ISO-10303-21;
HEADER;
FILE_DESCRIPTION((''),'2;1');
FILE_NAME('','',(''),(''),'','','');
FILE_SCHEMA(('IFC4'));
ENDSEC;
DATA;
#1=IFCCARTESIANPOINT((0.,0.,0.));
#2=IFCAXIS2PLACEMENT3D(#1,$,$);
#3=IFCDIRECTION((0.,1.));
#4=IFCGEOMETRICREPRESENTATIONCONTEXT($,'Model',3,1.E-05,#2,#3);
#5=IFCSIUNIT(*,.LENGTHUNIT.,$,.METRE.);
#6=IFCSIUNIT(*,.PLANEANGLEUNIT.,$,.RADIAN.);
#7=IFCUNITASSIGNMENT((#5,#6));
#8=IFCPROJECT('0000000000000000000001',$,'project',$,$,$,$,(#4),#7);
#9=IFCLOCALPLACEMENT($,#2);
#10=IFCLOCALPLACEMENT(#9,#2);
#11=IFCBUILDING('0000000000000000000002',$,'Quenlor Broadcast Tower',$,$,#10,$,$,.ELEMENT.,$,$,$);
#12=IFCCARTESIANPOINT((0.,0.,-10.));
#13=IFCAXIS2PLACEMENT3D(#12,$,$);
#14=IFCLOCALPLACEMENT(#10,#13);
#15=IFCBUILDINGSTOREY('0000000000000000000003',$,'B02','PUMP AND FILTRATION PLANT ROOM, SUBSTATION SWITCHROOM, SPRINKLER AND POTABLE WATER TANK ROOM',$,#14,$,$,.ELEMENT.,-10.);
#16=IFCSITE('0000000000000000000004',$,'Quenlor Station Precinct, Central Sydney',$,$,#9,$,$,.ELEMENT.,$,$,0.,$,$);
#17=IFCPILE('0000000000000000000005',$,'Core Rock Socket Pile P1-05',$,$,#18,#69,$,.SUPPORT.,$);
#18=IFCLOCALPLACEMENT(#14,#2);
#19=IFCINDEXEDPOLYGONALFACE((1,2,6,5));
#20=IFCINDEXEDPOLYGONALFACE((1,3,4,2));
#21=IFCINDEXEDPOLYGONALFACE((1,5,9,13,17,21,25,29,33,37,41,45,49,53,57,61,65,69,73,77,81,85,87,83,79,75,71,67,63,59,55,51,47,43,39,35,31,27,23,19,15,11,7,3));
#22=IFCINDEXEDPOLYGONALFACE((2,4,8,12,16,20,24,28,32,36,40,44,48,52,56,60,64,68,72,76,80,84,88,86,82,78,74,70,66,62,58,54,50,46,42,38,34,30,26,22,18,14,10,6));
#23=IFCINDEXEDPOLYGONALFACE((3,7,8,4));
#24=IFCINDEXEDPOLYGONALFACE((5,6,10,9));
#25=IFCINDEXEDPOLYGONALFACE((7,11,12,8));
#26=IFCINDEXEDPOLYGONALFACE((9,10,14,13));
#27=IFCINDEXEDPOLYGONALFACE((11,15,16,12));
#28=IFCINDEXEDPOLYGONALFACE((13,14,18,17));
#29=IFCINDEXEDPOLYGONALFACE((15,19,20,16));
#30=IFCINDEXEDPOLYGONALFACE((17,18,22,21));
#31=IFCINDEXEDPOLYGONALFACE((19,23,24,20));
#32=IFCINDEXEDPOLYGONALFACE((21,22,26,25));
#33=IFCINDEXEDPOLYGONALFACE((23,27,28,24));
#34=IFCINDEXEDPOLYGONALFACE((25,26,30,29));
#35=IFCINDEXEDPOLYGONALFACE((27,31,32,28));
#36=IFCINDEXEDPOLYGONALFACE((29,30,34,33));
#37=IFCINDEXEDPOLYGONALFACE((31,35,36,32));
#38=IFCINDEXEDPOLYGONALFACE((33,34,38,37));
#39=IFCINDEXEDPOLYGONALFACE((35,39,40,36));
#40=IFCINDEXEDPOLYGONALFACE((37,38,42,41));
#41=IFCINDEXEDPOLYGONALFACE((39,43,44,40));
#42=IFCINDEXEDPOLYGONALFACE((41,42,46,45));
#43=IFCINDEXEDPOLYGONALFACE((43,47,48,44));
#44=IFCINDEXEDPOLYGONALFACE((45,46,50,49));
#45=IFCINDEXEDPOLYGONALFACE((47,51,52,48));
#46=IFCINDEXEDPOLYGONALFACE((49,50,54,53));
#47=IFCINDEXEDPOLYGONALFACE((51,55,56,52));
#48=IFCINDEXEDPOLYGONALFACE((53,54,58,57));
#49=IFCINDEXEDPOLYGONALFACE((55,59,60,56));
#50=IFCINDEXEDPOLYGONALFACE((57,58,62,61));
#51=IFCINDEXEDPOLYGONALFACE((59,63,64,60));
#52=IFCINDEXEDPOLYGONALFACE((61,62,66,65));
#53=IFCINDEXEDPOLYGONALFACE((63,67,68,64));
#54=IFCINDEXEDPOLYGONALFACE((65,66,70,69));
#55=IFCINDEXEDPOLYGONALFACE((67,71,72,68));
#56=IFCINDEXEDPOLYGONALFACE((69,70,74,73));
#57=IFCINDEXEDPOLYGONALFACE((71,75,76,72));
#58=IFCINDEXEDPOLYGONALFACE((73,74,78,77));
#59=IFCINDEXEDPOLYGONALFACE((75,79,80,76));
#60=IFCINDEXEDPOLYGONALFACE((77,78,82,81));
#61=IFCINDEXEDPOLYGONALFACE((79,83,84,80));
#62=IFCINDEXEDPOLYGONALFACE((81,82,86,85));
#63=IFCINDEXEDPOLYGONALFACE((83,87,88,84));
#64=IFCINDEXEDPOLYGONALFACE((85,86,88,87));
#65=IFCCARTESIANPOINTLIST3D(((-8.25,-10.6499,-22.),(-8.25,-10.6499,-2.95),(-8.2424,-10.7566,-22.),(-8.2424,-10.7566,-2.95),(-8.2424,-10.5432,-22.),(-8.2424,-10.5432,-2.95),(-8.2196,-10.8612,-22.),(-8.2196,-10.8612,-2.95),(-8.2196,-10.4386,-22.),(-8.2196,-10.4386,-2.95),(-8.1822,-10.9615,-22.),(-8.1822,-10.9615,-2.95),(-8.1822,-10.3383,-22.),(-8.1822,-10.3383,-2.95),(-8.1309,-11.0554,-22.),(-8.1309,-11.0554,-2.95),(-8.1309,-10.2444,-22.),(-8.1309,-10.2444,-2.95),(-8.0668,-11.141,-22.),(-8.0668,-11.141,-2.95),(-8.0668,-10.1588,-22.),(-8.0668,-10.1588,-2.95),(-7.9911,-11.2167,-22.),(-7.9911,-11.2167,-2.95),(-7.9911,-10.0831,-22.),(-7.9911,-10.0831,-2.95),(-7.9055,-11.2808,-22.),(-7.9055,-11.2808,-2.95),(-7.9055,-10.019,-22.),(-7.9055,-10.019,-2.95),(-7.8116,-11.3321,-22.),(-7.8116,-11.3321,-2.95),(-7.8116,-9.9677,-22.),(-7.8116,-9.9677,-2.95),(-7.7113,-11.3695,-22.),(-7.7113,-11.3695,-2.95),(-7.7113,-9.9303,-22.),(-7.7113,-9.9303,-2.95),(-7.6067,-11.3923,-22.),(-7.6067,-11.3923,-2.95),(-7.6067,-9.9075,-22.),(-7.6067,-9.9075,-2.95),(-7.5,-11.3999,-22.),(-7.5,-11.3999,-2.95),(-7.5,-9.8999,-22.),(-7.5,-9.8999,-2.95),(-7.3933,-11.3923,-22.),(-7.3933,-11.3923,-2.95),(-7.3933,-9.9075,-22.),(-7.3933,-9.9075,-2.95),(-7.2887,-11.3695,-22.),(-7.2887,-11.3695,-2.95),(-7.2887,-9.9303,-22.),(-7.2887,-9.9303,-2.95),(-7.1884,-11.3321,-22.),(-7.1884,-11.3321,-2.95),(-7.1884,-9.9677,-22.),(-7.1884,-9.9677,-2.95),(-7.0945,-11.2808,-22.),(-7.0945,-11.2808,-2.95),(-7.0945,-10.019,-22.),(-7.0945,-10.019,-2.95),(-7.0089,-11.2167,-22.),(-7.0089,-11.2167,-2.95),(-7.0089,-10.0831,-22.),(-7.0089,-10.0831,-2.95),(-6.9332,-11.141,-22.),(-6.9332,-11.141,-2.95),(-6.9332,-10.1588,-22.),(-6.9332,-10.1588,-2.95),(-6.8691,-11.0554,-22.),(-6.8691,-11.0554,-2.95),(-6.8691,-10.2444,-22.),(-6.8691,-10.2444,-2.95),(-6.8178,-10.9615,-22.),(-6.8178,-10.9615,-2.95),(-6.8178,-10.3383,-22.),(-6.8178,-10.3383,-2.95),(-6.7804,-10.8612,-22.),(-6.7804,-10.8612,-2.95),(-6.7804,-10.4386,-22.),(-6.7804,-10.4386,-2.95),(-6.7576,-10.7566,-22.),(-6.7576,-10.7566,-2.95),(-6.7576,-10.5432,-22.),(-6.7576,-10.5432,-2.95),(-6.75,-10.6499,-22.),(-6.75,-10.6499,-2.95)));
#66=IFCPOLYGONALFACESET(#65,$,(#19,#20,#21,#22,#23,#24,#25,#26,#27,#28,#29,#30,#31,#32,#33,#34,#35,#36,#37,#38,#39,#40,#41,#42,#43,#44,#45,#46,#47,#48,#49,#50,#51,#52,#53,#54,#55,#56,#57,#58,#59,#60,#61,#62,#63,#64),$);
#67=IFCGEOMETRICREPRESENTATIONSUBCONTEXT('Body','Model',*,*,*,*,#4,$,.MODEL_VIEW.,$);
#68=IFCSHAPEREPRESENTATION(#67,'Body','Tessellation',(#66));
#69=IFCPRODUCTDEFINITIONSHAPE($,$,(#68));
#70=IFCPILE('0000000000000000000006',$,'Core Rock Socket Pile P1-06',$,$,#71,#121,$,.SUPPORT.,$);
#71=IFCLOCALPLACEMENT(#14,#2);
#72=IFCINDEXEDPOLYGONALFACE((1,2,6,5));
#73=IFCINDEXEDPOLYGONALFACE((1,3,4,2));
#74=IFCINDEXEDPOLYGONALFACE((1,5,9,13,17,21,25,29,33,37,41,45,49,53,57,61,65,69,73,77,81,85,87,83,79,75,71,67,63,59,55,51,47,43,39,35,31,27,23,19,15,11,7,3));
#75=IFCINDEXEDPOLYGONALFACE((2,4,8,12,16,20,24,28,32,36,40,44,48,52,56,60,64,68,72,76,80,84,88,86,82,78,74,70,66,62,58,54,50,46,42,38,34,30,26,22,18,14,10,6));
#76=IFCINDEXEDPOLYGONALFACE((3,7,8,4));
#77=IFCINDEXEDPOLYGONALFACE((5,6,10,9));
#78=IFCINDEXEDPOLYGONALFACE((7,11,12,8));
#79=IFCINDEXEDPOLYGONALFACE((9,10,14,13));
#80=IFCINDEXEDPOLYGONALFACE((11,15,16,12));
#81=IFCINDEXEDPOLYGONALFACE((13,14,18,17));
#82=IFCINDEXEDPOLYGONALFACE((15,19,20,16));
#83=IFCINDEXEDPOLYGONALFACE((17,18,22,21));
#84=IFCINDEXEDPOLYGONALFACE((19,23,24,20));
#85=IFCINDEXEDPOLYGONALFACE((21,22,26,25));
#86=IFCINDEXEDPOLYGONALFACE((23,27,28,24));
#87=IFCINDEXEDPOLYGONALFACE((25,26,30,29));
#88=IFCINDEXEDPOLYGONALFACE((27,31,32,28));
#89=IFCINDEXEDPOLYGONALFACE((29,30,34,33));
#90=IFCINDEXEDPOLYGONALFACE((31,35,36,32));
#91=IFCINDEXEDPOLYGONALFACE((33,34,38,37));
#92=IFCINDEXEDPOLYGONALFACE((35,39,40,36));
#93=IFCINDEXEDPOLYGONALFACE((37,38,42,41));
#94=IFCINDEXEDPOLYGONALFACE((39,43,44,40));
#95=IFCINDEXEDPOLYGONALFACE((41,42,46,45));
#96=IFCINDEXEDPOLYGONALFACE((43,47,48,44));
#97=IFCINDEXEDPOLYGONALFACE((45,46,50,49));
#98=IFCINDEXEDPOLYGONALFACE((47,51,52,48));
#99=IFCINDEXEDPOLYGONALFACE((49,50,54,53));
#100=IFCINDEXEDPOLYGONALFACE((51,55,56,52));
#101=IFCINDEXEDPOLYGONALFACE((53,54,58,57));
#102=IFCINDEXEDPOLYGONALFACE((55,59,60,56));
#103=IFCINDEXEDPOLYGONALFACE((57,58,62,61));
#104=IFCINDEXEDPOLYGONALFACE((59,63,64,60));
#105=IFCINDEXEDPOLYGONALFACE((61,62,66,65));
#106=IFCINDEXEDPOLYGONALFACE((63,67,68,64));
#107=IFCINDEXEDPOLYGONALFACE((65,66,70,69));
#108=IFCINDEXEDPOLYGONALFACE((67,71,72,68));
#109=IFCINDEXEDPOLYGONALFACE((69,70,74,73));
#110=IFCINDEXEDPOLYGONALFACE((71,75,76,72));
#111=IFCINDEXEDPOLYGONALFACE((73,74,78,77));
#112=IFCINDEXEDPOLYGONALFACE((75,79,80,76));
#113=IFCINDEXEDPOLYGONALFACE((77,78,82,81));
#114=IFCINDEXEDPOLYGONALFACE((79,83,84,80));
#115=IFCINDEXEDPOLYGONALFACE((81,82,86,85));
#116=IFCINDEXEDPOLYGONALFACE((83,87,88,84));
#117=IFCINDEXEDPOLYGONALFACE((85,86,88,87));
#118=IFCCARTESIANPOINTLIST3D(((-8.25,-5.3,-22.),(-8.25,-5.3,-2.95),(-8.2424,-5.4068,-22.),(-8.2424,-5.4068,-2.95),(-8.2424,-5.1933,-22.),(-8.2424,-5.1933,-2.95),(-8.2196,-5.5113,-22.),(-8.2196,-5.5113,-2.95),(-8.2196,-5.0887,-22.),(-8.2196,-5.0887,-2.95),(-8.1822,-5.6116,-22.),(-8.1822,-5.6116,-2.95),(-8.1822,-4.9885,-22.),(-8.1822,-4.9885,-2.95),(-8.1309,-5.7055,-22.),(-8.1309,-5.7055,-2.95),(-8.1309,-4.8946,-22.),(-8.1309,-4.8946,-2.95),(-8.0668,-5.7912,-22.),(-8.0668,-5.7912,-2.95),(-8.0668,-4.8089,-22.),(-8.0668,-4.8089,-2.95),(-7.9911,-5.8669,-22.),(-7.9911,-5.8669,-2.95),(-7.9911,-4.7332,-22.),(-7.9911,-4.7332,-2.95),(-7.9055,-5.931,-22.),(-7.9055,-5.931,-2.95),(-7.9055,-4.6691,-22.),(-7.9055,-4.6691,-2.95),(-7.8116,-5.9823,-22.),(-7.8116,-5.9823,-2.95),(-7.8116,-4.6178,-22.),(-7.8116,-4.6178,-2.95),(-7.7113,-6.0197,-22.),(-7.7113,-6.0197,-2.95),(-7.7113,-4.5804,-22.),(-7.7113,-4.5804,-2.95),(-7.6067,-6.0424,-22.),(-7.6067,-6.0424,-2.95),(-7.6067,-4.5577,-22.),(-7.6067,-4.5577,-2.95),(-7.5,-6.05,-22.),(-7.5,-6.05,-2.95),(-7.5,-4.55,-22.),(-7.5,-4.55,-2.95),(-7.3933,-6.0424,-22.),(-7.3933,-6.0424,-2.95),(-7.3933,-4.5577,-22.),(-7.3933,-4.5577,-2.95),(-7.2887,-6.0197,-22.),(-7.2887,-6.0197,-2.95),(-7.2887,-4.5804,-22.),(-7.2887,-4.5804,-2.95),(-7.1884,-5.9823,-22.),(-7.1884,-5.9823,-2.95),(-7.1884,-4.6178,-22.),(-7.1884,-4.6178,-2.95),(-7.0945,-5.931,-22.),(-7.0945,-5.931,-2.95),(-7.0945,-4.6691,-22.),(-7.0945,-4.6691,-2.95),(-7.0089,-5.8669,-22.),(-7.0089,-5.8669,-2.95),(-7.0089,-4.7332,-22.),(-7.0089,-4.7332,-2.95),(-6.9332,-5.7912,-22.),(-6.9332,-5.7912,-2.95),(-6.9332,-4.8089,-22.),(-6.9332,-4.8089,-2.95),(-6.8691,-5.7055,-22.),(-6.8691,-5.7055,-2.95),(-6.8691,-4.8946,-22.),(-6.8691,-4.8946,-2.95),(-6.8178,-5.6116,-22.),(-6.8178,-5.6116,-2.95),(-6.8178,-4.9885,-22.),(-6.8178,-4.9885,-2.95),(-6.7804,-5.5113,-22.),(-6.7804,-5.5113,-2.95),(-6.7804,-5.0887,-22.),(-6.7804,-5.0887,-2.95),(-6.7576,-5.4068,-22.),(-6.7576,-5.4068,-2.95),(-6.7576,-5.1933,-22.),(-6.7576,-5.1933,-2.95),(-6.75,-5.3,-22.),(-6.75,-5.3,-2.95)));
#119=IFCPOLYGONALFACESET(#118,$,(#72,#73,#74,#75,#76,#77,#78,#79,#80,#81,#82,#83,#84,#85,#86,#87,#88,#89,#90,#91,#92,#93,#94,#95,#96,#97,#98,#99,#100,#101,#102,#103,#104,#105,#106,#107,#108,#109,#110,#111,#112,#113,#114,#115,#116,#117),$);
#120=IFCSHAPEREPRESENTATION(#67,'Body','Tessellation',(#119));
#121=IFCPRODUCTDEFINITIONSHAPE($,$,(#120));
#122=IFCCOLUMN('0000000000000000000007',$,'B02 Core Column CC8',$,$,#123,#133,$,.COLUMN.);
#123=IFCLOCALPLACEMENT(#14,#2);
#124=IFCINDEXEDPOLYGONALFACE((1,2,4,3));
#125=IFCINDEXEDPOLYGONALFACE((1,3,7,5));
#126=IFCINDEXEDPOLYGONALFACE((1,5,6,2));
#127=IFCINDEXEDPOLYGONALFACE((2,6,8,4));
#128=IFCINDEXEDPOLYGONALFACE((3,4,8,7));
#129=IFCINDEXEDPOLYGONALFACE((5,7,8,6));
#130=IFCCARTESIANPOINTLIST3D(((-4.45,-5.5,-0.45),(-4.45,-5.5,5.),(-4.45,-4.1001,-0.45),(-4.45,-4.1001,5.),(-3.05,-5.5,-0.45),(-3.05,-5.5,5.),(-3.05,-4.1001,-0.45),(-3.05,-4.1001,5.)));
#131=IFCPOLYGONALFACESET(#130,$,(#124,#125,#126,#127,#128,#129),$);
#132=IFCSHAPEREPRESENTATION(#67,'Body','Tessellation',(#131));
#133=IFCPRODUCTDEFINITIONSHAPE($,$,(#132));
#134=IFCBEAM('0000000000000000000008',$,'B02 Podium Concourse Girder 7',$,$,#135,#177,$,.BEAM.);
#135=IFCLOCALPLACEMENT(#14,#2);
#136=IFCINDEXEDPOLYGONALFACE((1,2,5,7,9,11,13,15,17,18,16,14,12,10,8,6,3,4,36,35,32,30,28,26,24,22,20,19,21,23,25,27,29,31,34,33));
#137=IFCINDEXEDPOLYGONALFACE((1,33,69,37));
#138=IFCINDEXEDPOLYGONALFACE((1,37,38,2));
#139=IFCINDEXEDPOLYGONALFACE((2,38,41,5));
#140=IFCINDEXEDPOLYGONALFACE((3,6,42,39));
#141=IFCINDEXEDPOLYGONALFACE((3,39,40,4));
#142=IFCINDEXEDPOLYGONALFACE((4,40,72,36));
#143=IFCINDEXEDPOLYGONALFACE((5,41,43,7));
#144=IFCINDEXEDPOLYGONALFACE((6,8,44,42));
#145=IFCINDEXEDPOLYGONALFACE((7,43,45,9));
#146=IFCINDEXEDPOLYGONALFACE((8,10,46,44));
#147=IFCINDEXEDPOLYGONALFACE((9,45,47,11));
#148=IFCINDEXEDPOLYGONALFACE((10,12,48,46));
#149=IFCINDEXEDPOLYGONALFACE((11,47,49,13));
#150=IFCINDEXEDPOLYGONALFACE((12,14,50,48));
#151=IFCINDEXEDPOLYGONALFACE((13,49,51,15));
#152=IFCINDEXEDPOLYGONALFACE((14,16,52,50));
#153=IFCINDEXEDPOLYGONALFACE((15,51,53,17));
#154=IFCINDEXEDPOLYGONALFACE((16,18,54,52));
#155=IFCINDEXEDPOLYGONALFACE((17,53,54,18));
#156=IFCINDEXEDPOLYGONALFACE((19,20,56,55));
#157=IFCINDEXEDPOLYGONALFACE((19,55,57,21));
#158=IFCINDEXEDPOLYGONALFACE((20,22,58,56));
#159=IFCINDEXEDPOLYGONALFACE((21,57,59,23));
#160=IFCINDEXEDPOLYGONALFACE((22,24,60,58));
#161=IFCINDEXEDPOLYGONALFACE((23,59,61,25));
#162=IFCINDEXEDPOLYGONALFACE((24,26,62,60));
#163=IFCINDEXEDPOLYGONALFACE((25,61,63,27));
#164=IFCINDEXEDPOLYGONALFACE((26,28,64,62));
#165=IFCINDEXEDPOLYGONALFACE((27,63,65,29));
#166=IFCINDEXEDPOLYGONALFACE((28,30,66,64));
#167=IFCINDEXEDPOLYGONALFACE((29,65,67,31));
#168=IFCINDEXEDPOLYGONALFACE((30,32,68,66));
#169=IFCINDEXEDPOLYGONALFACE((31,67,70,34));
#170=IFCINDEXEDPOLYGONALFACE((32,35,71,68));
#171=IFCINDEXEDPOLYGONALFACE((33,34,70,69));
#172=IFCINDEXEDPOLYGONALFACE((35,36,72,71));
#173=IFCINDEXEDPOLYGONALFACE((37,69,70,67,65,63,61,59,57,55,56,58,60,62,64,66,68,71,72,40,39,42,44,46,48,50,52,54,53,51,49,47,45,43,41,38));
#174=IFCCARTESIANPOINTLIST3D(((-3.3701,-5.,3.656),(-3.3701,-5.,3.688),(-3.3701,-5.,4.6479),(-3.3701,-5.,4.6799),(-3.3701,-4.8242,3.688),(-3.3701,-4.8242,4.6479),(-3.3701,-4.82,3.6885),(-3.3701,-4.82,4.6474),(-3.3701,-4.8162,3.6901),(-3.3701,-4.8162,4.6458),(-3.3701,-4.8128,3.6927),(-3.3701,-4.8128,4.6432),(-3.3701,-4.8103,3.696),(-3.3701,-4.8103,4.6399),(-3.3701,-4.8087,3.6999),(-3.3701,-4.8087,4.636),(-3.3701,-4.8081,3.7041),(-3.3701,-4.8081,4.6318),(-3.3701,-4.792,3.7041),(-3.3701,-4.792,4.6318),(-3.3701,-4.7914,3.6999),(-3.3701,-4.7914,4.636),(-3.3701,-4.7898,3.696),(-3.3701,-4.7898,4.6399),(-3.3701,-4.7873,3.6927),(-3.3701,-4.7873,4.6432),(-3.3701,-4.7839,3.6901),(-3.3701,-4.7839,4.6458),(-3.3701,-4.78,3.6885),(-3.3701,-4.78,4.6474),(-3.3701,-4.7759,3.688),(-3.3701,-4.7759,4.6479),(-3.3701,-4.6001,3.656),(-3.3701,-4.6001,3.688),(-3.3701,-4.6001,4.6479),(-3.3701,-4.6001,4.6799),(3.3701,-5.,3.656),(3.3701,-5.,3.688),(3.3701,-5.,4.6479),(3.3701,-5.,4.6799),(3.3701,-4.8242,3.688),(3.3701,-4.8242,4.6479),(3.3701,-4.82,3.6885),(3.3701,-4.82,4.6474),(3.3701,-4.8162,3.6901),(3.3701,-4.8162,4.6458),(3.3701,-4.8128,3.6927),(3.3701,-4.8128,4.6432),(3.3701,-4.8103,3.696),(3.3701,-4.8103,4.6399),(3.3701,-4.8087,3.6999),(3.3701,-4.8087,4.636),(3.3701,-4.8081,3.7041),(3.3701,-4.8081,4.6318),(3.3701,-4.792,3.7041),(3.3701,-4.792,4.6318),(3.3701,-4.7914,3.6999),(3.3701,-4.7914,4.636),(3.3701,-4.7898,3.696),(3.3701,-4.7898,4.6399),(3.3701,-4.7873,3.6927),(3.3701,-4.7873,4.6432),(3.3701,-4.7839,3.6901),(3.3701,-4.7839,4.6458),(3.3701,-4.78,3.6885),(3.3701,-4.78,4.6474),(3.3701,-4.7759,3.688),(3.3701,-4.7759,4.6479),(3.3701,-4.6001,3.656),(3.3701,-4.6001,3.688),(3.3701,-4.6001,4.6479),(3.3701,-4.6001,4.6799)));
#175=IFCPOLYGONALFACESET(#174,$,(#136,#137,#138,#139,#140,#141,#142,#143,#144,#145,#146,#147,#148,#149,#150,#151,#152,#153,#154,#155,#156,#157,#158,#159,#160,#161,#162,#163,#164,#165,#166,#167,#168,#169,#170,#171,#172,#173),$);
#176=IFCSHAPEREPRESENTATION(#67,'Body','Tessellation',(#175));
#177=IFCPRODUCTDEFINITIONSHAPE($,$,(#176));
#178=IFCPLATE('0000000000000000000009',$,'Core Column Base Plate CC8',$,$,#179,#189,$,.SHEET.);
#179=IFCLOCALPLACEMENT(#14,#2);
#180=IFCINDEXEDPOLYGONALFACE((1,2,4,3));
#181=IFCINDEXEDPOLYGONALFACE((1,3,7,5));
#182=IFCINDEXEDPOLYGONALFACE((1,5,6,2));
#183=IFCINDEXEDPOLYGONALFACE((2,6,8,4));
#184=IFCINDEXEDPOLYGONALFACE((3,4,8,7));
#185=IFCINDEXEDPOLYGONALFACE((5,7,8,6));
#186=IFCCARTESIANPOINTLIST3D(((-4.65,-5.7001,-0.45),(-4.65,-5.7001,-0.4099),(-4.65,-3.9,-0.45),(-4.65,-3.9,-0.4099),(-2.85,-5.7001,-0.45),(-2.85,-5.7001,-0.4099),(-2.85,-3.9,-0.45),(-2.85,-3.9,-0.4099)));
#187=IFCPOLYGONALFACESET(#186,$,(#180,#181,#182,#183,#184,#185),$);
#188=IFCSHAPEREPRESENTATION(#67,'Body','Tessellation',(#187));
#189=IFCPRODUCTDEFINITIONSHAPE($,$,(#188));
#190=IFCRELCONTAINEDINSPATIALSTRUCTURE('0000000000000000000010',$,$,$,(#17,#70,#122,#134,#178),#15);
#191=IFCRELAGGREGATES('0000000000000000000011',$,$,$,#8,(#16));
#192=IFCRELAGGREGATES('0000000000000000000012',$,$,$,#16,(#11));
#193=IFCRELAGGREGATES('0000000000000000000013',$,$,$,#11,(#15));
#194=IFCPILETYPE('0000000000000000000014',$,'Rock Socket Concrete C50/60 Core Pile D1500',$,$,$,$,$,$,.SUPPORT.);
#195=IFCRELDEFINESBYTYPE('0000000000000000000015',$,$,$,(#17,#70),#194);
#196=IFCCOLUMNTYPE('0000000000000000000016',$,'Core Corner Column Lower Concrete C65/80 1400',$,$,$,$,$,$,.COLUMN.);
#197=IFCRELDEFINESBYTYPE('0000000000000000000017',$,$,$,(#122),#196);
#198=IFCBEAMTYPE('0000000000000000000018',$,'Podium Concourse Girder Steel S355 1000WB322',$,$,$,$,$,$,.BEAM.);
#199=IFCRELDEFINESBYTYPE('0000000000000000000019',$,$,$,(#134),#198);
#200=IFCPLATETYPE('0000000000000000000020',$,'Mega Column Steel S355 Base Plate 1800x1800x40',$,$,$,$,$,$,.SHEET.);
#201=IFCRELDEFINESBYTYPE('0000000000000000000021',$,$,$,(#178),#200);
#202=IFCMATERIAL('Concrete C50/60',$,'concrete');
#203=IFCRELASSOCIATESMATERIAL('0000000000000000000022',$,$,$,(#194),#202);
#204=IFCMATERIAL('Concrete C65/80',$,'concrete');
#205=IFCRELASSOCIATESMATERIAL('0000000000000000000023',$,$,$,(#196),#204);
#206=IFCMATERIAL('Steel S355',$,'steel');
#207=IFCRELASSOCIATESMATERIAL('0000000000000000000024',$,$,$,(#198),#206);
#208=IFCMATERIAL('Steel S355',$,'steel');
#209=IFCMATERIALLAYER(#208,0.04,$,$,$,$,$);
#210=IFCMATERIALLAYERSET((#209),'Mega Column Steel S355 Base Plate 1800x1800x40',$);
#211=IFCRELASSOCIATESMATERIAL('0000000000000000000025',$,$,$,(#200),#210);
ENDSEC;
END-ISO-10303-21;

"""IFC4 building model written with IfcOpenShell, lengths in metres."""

from ifc_helpers import new_model, si_unit, direction, frame, origin, origin_2d, place, context, subcontext, project, spatial, rectangle, circle, i_section, extrude, material, layer, layer_set, material_profile, profile_set, type_object, element, save


model = new_model("IFC4")

# Units and contexts
model_context = context("Model", 3, precision=1e-05, world=origin(), true_north=direction((0.0, 1.0)))
body_context = subcontext(model_context, "Body", "Model", "MODEL_VIEW")
ifc_project = project(units=[si_unit("LENGTHUNIT", "METRE"), si_unit("PLANEANGLEUNIT", "RADIAN")], contexts=[model_context])

# Site, building, storey
site_placement = place(None, origin())
site = spatial("IfcSite", under=ifc_project, at=site_placement, Name="Quenlor Station Precinct, Central Sydney", CompositionType="ELEMENT", RefElevation=0.0)
building_placement = place(site_placement, origin())
building = spatial("IfcBuilding", under=site, at=building_placement, Name="Quenlor Broadcast Tower", CompositionType="ELEMENT")
storey_placement = place(building_placement, frame((0.0, 0.0, -10.0)))
storey = spatial("IfcBuildingStorey", under=building, at=storey_placement, Name="B02", Description="PUMP AND FILTRATION PLANT ROOM, SUBSTATION SWITCHROOM, SPRINKLER AND POTABLE WATER TANK ROOM", CompositionType="ELEMENT", Elevation=-10.0)

# Piles
ifc_material_1 = material(Name="Concrete C50/60", Category="concrete")
ifc_material_profile_1 = material_profile(ifc_material_1, circle(Radius=0.75, at=origin_2d()))
ifc_profile_set_1 = profile_set([ifc_material_profile_1], Name="Concrete C50/60 PILE1500")
pile_type = type_object("IfcPileType", Name="Rock Socket Concrete C50/60 Core Pile D1500", PredefinedType="SUPPORT", material=ifc_profile_set_1)
for number, where, z_axis, x_axis, name in (
    (1, (-7.5, -10.6499, -2.95), (0.0, 0.0, -1.0), (1.0, 0.0, 0.0), "Core Rock Socket Pile P1-05"),
    (2, (-7.5, -5.3, -2.95), (0.0, 0.0, -1.0), (1.0, 0.0, 0.0), "Core Rock Socket Pile P1-06"),
):
    element("IfcPile", number, at=place(storey_placement, frame(where, z_axis=z_axis, x_axis=x_axis)), inside=storey, type_object=pile_type, Name=name, PredefinedType="SUPPORT", context=body_context, shape_type="SweptSolid", body=[
        extrude(circle(Radius=0.75, at=origin_2d()), origin(), (0.0, 0.0, 1.0), 19.05),
    ])

# Column
ifc_material_2 = material(Name="Concrete C65/80", Category="concrete")
ifc_material_profile_2 = material_profile(ifc_material_2, rectangle(XDim=1.3999, YDim=1.3999, at=origin_2d()))
ifc_profile_set_2 = profile_set([ifc_material_profile_2], Name="Concrete C65/80 RC1400x1400")
column_type = type_object("IfcColumnType", Name="Core Corner Column Lower Concrete C65/80 1400", PredefinedType="COLUMN", material=ifc_profile_set_2)
column_placement = place(storey_placement, frame((-3.75, -4.8, -0.45), z_axis=(0.0, 0.0, 1.0), x_axis=(1.0, 0.0, 0.0)))
element("IfcColumn", 3, at=column_placement, inside=storey, type_object=column_type, Name="B02 Core Column CC8", PredefinedType="COLUMN", context=body_context, shape_type="SweptSolid", body=[
    extrude(rectangle(XDim=1.3999, YDim=1.3999, at=origin_2d()), origin(), (0.0, 0.0, 1.0), 5.45),
])

# Beam
ifc_material_3 = material(Name="Steel S355", Category="steel")
ifc_material_profile_3 = material_profile(ifc_material_3, i_section(OverallWidth=0.3999, OverallDepth=1.0239, WebThickness=0.0161, FlangeThickness=0.032, FilletRadius=0.0161, at=origin_2d()))
ifc_profile_set_3 = profile_set([ifc_material_profile_3], Name="Steel S355 1000WB322")
beam_type = type_object("IfcBeamType", Name="Podium Concourse Girder Steel S355 1000WB322", PredefinedType="BEAM", material=ifc_profile_set_3)
beam_placement = place(storey_placement, frame((-3.3701, -4.8, 4.168), z_axis=(1.0, 0.0, 0.0), x_axis=(0.0, 1.0, 0.0)))
element("IfcBeam", 4, at=beam_placement, inside=storey, type_object=beam_type, Name="B02 Podium Concourse Girder 7", PredefinedType="BEAM", context=body_context, shape_type="SweptSolid", body=[
    extrude(i_section(OverallWidth=0.3999, OverallDepth=1.0239, WebThickness=0.0161, FlangeThickness=0.032, FilletRadius=0.0161, at=origin_2d()), origin(), (0.0, 0.0, 1.0), 6.7402),
])

# Plate
ifc_material_4 = material(Name="Steel S355", Category="steel")
ifc_layer_1 = layer(ifc_material_4, 0.04)
ifc_layer_set_1 = layer_set([ifc_layer_1], Name="Mega Column Steel S355 Base Plate 1800x1800x40")
plate_type = type_object("IfcPlateType", Name="Mega Column Steel S355 Base Plate 1800x1800x40", PredefinedType="SHEET", material=ifc_layer_set_1)
plate_placement = place(storey_placement, frame((-3.75, -4.8, -0.45), z_axis=(0.0, 0.0, 1.0), x_axis=(1.0, 0.0, 0.0)))
element("IfcPlate", 5, at=plate_placement, inside=storey, type_object=plate_type, Name="Core Column Base Plate CC8", PredefinedType="SHEET", context=body_context, shape_type="SweptSolid", body=[
    extrude(rectangle(XDim=1.8, YDim=1.8, at=origin_2d()), origin(), (0.0, 0.0, 1.0), 0.04),
])

save(model, "model.ifc")
